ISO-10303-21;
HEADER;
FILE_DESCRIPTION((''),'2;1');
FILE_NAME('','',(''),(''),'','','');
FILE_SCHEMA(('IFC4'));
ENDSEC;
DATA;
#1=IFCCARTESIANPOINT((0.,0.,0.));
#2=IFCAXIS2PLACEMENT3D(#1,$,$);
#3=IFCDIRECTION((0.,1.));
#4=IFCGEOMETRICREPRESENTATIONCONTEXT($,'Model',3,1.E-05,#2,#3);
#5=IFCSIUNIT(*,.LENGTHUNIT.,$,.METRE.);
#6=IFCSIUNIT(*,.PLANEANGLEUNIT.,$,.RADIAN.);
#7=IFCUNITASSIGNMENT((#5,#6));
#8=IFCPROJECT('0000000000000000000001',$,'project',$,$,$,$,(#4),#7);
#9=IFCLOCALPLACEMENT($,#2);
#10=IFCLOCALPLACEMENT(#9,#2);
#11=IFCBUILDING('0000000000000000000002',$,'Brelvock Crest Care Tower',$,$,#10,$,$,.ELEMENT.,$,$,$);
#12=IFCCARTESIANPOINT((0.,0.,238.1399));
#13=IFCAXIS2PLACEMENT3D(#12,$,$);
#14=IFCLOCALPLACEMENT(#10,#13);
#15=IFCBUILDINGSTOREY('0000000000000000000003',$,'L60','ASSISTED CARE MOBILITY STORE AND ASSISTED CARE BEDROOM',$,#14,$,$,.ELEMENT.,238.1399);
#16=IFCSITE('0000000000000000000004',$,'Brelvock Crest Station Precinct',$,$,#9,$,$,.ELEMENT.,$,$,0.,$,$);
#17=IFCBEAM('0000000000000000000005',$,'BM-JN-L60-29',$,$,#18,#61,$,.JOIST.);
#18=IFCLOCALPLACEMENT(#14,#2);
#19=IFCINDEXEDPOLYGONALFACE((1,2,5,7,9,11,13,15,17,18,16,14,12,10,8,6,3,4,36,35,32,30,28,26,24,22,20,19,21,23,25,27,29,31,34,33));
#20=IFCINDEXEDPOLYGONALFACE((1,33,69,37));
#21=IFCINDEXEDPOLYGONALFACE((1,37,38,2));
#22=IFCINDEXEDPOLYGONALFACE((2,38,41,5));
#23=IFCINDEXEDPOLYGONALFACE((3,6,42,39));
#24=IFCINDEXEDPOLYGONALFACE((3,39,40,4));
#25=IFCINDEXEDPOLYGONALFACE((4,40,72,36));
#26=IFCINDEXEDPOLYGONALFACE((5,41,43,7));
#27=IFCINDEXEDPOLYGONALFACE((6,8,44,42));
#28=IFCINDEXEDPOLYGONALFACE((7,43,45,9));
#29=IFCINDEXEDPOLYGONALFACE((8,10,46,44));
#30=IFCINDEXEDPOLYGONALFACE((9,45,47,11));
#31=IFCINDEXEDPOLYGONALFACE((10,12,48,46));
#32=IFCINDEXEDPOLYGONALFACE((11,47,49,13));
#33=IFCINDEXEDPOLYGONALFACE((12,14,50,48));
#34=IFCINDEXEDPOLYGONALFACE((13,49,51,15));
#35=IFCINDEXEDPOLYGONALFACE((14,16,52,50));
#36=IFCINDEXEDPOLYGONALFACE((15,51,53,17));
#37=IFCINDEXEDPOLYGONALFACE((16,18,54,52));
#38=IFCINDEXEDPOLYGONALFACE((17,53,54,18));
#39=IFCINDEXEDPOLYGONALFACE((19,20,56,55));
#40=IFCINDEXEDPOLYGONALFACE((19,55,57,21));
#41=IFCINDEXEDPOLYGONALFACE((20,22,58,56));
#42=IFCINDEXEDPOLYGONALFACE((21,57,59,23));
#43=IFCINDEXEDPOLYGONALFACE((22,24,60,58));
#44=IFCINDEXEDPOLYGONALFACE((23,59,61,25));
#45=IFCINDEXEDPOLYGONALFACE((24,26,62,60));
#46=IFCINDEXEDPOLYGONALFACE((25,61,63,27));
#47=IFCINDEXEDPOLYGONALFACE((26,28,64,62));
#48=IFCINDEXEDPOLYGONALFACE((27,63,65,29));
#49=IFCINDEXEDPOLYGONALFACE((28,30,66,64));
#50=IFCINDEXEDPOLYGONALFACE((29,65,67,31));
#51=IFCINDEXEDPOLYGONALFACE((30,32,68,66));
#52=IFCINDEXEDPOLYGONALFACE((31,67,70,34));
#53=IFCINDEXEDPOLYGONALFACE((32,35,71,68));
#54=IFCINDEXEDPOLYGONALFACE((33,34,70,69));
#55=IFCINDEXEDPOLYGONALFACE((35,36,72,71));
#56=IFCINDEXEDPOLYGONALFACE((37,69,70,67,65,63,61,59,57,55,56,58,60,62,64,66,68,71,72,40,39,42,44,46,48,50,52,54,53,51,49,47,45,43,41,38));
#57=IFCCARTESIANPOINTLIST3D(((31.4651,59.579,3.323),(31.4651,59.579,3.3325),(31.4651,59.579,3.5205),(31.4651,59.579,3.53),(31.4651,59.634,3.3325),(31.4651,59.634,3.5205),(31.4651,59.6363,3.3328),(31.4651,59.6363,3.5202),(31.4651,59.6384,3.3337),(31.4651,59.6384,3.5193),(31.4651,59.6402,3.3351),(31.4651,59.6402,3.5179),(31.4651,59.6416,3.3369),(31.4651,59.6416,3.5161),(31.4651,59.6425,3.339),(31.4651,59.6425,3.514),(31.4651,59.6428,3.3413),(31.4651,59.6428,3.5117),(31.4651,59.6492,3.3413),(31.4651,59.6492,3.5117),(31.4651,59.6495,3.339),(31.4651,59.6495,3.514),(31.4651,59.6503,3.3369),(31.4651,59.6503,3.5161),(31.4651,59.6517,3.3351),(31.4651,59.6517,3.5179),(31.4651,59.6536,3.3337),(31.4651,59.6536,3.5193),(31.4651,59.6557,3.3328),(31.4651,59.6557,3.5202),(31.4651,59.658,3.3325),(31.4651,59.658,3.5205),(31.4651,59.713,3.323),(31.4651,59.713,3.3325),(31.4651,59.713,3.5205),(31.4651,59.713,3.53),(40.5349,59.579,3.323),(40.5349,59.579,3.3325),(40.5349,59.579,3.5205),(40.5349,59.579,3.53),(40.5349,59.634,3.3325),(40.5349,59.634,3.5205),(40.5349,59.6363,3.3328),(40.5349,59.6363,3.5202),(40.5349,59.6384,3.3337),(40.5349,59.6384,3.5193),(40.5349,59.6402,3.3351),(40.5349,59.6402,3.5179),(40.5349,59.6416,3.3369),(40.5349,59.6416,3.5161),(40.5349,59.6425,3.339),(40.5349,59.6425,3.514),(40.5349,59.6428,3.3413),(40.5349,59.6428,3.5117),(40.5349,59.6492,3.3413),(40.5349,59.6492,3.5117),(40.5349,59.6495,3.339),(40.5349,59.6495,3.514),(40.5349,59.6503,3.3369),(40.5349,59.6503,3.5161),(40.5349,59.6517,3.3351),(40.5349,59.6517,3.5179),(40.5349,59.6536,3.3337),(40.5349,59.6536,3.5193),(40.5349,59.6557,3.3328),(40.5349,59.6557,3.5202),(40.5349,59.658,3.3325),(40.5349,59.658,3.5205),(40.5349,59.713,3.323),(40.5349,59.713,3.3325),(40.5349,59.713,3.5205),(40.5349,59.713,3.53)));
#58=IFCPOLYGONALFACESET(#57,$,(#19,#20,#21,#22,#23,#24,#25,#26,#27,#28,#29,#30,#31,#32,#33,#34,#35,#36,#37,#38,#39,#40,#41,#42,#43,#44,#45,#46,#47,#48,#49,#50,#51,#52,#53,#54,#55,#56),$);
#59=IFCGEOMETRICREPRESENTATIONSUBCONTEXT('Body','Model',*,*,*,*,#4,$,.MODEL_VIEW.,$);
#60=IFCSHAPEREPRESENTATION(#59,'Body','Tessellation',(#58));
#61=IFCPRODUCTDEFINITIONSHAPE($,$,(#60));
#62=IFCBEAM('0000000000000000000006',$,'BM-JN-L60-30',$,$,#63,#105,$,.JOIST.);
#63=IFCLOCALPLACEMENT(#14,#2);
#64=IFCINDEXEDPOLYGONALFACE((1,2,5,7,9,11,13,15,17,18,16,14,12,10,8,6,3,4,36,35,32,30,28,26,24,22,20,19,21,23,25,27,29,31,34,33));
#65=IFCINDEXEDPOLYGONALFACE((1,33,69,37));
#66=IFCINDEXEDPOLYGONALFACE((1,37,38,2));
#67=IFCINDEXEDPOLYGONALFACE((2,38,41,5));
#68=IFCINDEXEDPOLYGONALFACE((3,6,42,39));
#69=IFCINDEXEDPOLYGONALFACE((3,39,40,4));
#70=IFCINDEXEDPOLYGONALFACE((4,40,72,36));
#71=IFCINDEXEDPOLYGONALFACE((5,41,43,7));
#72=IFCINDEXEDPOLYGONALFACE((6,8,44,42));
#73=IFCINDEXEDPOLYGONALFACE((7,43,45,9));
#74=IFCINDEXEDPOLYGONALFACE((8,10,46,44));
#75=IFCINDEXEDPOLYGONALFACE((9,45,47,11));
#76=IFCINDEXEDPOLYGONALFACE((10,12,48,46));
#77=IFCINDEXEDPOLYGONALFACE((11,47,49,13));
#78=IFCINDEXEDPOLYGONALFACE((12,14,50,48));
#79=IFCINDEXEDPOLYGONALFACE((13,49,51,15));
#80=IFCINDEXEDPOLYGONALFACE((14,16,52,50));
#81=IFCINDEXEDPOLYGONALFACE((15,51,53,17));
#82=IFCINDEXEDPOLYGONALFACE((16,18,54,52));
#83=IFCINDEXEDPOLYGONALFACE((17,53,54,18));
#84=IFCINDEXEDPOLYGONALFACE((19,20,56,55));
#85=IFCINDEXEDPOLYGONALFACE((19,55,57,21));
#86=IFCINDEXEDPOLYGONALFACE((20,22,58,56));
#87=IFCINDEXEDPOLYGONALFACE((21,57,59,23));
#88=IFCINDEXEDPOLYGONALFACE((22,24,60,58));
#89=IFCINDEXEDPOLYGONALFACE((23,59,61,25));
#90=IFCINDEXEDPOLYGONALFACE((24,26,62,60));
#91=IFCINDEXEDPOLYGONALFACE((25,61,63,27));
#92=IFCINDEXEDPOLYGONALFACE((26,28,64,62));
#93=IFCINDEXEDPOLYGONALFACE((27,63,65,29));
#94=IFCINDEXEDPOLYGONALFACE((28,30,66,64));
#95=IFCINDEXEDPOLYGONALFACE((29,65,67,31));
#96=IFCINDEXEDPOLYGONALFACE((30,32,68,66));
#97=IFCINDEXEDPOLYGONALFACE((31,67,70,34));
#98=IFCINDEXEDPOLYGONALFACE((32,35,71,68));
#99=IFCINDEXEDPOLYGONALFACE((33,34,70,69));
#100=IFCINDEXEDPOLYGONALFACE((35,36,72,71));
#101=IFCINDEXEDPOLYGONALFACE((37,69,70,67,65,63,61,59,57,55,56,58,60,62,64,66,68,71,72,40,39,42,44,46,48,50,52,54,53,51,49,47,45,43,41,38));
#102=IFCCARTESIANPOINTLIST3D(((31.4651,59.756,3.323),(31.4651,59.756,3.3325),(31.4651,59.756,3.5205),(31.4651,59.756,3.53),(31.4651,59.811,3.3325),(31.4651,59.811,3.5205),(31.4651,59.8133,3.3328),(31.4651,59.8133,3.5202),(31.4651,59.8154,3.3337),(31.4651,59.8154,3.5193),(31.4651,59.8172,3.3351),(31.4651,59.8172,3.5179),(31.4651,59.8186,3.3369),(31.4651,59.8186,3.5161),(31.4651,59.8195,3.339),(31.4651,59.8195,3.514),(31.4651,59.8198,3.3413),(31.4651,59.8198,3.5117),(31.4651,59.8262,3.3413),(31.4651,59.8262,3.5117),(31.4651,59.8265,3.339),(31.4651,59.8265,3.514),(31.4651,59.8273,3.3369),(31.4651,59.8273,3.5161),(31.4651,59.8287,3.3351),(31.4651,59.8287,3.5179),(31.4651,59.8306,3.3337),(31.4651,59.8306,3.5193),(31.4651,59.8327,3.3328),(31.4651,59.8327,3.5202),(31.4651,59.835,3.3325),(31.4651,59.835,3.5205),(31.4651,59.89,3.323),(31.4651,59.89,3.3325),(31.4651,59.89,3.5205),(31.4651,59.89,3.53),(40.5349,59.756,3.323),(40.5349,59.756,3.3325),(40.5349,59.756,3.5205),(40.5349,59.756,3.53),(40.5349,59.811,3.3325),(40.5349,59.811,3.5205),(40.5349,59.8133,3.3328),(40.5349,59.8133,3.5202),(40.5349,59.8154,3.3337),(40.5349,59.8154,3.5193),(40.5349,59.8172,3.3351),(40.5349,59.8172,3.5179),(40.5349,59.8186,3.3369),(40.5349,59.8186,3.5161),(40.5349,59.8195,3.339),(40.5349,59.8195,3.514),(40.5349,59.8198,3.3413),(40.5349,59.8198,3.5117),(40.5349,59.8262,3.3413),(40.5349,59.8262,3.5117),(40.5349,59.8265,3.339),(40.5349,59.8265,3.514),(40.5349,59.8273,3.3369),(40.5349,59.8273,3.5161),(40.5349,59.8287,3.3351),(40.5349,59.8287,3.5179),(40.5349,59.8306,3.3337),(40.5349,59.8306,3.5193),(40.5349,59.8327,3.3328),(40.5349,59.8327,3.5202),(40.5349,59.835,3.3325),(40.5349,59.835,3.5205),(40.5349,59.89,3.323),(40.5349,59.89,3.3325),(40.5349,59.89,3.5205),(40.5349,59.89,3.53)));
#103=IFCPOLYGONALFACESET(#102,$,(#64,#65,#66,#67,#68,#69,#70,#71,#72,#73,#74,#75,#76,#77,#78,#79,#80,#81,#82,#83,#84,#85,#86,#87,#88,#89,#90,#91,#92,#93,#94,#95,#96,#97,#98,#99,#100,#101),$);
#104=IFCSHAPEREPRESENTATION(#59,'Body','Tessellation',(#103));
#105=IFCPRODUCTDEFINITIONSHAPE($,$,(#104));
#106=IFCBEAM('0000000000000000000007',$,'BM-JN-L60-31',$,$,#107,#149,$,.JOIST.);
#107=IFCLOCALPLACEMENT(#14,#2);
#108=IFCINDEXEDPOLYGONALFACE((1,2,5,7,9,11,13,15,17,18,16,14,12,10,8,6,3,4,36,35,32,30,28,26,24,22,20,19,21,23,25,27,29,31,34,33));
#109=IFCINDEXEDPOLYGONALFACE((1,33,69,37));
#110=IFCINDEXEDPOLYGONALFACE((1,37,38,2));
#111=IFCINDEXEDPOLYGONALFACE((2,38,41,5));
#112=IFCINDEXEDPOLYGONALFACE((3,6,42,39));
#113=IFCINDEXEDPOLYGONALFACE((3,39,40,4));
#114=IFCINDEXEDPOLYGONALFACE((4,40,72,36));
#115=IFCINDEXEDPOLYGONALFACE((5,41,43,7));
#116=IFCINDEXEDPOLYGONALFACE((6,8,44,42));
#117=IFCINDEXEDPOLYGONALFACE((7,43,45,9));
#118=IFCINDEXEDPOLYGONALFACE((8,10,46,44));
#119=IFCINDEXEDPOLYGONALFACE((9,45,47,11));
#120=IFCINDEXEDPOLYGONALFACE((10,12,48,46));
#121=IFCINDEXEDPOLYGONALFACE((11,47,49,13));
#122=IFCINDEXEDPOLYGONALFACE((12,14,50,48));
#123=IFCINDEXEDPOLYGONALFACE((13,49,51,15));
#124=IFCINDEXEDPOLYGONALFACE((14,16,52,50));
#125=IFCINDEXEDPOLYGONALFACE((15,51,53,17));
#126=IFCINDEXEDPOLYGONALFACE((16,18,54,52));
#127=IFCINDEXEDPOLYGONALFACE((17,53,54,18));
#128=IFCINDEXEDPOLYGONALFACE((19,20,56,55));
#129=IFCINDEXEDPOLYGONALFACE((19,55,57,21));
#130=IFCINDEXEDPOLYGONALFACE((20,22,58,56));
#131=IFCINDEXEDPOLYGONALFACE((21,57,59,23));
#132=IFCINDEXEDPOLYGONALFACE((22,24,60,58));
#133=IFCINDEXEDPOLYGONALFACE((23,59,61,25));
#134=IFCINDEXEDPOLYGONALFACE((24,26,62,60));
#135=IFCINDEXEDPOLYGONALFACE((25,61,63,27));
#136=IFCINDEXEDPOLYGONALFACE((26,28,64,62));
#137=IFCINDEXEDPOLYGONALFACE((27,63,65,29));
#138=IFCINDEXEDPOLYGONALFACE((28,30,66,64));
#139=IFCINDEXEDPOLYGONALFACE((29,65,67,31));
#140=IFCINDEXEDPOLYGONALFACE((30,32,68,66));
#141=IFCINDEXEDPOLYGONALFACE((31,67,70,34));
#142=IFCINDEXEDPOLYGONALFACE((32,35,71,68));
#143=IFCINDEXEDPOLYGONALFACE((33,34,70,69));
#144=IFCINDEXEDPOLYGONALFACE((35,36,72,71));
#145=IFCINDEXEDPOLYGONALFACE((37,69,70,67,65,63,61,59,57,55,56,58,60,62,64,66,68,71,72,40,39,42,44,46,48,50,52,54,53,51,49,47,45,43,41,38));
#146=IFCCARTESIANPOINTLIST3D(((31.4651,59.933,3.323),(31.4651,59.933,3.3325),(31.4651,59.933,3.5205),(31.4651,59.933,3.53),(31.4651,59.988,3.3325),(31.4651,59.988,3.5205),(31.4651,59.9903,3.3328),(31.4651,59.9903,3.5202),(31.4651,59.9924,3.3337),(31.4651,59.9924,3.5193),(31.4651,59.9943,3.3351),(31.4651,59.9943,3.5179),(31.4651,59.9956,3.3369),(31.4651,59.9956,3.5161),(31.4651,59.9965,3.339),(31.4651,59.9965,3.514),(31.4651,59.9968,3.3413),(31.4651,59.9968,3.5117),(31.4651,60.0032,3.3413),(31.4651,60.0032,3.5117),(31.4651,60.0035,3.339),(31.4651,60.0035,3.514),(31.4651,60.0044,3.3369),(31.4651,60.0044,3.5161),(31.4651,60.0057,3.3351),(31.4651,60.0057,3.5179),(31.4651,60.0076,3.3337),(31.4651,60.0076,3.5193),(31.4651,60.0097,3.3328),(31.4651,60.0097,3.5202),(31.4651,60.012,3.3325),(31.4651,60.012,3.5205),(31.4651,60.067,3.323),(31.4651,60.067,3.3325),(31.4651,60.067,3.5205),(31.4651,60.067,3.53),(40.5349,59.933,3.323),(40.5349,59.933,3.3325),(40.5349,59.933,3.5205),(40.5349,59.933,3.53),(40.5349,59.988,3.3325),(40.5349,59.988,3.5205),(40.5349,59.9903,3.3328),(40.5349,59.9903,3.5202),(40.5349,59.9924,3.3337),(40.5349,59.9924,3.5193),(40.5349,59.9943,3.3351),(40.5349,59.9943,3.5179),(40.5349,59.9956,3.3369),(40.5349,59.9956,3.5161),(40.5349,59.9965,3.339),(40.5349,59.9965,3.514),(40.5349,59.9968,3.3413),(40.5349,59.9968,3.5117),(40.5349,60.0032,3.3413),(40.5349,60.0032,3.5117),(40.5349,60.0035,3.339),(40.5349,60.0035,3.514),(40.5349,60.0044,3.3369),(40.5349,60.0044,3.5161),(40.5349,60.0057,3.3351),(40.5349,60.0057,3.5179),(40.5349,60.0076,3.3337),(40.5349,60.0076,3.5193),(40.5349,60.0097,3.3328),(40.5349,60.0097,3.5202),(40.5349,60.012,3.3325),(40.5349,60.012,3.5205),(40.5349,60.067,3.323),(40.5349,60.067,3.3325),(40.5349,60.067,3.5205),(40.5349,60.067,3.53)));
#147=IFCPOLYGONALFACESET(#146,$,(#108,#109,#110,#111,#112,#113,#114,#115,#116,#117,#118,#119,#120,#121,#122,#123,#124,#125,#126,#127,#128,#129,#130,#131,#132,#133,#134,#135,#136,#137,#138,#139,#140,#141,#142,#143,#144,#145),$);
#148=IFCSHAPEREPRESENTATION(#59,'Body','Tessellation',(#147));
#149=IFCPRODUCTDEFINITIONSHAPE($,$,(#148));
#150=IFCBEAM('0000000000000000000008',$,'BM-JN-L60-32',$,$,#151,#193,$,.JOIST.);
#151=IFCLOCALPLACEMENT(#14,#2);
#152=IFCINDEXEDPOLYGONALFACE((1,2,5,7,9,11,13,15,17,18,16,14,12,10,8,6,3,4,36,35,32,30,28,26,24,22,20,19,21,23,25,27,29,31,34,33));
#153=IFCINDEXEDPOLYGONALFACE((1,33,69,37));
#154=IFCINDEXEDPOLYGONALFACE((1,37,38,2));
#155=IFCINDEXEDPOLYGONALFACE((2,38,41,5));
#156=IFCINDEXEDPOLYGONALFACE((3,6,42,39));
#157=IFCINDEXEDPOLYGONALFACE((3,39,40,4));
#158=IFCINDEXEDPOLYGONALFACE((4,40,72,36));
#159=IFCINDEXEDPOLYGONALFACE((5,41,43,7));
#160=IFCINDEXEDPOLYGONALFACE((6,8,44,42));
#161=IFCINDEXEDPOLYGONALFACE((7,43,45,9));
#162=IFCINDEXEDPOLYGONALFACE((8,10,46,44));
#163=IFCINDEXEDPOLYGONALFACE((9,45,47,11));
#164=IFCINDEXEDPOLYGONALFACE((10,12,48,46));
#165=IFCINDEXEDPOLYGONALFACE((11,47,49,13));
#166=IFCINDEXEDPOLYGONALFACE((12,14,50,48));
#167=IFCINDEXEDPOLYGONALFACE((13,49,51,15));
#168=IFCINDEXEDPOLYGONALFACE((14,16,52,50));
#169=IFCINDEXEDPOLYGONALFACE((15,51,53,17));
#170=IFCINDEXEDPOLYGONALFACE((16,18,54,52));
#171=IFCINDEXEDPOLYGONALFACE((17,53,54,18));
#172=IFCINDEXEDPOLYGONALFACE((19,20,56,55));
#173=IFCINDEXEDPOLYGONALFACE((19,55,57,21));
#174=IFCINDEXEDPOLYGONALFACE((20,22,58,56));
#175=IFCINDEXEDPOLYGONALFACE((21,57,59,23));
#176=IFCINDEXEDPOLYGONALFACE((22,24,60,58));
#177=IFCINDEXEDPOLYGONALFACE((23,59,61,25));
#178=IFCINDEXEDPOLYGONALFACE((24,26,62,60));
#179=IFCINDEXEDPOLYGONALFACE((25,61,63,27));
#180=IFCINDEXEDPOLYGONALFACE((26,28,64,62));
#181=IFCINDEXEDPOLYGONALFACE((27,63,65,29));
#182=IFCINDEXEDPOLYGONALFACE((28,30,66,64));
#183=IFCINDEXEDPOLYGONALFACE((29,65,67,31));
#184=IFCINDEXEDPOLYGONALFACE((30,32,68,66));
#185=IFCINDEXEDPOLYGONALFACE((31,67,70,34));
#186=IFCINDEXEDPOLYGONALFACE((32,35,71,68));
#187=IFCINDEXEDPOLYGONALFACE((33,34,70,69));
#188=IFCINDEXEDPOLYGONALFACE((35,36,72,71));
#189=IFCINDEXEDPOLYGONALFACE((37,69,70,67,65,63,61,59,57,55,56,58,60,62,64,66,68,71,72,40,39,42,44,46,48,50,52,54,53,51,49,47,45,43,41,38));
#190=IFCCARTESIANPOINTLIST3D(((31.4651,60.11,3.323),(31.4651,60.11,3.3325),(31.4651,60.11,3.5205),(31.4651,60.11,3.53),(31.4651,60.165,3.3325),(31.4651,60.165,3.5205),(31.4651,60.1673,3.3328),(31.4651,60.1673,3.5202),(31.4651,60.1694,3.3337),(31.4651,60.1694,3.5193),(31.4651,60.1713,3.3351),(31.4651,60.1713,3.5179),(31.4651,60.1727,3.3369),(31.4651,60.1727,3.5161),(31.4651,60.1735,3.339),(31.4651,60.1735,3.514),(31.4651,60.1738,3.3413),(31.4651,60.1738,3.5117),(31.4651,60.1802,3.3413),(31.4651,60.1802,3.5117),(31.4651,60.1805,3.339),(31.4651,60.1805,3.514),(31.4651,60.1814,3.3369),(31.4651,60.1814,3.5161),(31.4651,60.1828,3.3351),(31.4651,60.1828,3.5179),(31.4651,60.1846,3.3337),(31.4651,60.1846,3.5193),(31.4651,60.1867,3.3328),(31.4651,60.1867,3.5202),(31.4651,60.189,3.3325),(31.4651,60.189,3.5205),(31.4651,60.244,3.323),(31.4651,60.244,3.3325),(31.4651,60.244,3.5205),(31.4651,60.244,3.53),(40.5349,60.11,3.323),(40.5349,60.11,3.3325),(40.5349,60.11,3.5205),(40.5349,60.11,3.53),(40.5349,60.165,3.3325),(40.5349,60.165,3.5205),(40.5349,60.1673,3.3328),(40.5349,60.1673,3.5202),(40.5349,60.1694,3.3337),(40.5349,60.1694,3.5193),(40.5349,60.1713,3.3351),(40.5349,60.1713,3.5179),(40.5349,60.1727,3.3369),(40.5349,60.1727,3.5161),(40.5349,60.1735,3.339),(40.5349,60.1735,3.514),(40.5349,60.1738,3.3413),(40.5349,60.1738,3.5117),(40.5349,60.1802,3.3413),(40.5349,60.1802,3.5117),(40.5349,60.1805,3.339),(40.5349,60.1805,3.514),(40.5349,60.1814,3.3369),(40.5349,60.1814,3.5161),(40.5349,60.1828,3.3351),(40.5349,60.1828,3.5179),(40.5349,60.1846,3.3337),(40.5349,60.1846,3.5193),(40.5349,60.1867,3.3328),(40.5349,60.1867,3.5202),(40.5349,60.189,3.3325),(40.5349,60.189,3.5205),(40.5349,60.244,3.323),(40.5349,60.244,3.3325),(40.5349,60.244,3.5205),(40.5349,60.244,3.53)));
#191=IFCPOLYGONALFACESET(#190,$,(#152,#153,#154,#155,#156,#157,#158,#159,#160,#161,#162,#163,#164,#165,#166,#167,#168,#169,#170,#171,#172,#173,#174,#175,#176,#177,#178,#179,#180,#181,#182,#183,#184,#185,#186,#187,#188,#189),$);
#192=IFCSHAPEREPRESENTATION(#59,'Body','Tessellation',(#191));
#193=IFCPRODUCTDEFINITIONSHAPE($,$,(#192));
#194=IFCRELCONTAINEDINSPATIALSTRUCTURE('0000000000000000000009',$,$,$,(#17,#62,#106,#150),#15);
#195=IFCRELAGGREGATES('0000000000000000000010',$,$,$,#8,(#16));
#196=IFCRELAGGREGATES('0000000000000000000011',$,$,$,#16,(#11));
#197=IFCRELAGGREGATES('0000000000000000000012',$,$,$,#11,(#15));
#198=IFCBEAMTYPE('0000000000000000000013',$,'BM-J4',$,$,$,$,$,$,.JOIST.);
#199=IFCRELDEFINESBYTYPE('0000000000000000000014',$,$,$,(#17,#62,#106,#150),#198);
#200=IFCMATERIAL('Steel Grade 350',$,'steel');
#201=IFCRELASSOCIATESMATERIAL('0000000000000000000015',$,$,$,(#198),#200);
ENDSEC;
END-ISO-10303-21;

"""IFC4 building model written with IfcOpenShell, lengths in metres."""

from ifc_helpers import new_model, si_unit, direction, frame, origin, origin_2d, place, context, subcontext, project, spatial, i_section, extrude, source, transform, mapped, material, material_profile, profile_set, type_object, element, save


model = new_model("IFC4")

# Units and contexts
model_context = context("Model", 3, precision=1e-05, world=origin(), true_north=direction((0.0, 1.0)))
body_context = subcontext(model_context, "Body", "Model", "MODEL_VIEW")
ifc_project = project(units=[si_unit("LENGTHUNIT", "METRE"), si_unit("PLANEANGLEUNIT", "RADIAN")], contexts=[model_context])

# Site, building, storey
site_placement = place(None, origin())
site = spatial("IfcSite", under=ifc_project, at=site_placement, Name="Brelvock Crest Station Precinct", CompositionType="ELEMENT", RefElevation=0.0)
building_placement = place(site_placement, origin())
building = spatial("IfcBuilding", under=site, at=building_placement, Name="Brelvock Crest Care Tower", CompositionType="ELEMENT")
storey_placement = place(building_placement, frame((0.0, 0.0, 238.1399)))
storey = spatial("IfcBuildingStorey", under=building, at=storey_placement, Name="L60", Description="ASSISTED CARE MOBILITY STORE AND ASSISTED CARE BEDROOM", CompositionType="ELEMENT", Elevation=238.1399)

# Shared definitions
ifc_material_1 = material(Name="Steel Grade 350", Category="steel")

# Beams
ifc_material_profile_1 = material_profile(ifc_material_1, i_section(OverallWidth=0.134, OverallDepth=0.207, WebThickness=0.0063, FlangeThickness=0.0095, FilletRadius=0.0088, at=origin_2d()), Name="200UB29.8")
ifc_profile_set_1 = profile_set([ifc_material_profile_1], Name="Steel Grade 350")
beam_type_1 = type_object("IfcBeamType", Name="BM-J4", PredefinedType="JOIST", material=ifc_profile_set_1)
shared_shape_1 = source(origin(), body_context, "Body", "SweptSolid", [
    extrude(i_section(OverallWidth=0.134, OverallDepth=0.207, WebThickness=0.0063, FlangeThickness=0.0095, FilletRadius=0.0088, at=origin_2d()), origin(), (0.0, 0.0, 1.0), 9.0698),
])
for number, where, z_axis, x_axis, name in (
    (1, (31.4651, 59.646, 3.4265), (1.0, 0.0, 0.0), (0.0, 1.0, 0.0), "BM-JN-L60-29"),
    (2, (31.4651, 59.823, 3.4265), (1.0, 0.0, 0.0), (0.0, 1.0, 0.0), "BM-JN-L60-30"),
    (3, (31.4651, 60.0, 3.4265), (1.0, 0.0, 0.0), (0.0, 1.0, 0.0), "BM-JN-L60-31"),
    (4, (31.4651, 60.177, 3.4265), (1.0, 0.0, 0.0), (0.0, 1.0, 0.0), "BM-JN-L60-32"),
):
    element("IfcBeam", number, at=place(storey_placement, frame(where, z_axis=z_axis, x_axis=x_axis)), inside=storey, type_object=beam_type_1, Name=name, PredefinedType="JOIST", context=body_context, shape_type="MappedRepresentation", body=[
        mapped(shared_shape_1, transform((0.0, 0.0, 0.0), x_axis=(1.0, 0.0, 0.0), y_axis=(0.0, 1.0, 0.0), z_axis=(0.0, 0.0, 1.0), scale=1.0)),
    ])

save(model, "model.ifc")
